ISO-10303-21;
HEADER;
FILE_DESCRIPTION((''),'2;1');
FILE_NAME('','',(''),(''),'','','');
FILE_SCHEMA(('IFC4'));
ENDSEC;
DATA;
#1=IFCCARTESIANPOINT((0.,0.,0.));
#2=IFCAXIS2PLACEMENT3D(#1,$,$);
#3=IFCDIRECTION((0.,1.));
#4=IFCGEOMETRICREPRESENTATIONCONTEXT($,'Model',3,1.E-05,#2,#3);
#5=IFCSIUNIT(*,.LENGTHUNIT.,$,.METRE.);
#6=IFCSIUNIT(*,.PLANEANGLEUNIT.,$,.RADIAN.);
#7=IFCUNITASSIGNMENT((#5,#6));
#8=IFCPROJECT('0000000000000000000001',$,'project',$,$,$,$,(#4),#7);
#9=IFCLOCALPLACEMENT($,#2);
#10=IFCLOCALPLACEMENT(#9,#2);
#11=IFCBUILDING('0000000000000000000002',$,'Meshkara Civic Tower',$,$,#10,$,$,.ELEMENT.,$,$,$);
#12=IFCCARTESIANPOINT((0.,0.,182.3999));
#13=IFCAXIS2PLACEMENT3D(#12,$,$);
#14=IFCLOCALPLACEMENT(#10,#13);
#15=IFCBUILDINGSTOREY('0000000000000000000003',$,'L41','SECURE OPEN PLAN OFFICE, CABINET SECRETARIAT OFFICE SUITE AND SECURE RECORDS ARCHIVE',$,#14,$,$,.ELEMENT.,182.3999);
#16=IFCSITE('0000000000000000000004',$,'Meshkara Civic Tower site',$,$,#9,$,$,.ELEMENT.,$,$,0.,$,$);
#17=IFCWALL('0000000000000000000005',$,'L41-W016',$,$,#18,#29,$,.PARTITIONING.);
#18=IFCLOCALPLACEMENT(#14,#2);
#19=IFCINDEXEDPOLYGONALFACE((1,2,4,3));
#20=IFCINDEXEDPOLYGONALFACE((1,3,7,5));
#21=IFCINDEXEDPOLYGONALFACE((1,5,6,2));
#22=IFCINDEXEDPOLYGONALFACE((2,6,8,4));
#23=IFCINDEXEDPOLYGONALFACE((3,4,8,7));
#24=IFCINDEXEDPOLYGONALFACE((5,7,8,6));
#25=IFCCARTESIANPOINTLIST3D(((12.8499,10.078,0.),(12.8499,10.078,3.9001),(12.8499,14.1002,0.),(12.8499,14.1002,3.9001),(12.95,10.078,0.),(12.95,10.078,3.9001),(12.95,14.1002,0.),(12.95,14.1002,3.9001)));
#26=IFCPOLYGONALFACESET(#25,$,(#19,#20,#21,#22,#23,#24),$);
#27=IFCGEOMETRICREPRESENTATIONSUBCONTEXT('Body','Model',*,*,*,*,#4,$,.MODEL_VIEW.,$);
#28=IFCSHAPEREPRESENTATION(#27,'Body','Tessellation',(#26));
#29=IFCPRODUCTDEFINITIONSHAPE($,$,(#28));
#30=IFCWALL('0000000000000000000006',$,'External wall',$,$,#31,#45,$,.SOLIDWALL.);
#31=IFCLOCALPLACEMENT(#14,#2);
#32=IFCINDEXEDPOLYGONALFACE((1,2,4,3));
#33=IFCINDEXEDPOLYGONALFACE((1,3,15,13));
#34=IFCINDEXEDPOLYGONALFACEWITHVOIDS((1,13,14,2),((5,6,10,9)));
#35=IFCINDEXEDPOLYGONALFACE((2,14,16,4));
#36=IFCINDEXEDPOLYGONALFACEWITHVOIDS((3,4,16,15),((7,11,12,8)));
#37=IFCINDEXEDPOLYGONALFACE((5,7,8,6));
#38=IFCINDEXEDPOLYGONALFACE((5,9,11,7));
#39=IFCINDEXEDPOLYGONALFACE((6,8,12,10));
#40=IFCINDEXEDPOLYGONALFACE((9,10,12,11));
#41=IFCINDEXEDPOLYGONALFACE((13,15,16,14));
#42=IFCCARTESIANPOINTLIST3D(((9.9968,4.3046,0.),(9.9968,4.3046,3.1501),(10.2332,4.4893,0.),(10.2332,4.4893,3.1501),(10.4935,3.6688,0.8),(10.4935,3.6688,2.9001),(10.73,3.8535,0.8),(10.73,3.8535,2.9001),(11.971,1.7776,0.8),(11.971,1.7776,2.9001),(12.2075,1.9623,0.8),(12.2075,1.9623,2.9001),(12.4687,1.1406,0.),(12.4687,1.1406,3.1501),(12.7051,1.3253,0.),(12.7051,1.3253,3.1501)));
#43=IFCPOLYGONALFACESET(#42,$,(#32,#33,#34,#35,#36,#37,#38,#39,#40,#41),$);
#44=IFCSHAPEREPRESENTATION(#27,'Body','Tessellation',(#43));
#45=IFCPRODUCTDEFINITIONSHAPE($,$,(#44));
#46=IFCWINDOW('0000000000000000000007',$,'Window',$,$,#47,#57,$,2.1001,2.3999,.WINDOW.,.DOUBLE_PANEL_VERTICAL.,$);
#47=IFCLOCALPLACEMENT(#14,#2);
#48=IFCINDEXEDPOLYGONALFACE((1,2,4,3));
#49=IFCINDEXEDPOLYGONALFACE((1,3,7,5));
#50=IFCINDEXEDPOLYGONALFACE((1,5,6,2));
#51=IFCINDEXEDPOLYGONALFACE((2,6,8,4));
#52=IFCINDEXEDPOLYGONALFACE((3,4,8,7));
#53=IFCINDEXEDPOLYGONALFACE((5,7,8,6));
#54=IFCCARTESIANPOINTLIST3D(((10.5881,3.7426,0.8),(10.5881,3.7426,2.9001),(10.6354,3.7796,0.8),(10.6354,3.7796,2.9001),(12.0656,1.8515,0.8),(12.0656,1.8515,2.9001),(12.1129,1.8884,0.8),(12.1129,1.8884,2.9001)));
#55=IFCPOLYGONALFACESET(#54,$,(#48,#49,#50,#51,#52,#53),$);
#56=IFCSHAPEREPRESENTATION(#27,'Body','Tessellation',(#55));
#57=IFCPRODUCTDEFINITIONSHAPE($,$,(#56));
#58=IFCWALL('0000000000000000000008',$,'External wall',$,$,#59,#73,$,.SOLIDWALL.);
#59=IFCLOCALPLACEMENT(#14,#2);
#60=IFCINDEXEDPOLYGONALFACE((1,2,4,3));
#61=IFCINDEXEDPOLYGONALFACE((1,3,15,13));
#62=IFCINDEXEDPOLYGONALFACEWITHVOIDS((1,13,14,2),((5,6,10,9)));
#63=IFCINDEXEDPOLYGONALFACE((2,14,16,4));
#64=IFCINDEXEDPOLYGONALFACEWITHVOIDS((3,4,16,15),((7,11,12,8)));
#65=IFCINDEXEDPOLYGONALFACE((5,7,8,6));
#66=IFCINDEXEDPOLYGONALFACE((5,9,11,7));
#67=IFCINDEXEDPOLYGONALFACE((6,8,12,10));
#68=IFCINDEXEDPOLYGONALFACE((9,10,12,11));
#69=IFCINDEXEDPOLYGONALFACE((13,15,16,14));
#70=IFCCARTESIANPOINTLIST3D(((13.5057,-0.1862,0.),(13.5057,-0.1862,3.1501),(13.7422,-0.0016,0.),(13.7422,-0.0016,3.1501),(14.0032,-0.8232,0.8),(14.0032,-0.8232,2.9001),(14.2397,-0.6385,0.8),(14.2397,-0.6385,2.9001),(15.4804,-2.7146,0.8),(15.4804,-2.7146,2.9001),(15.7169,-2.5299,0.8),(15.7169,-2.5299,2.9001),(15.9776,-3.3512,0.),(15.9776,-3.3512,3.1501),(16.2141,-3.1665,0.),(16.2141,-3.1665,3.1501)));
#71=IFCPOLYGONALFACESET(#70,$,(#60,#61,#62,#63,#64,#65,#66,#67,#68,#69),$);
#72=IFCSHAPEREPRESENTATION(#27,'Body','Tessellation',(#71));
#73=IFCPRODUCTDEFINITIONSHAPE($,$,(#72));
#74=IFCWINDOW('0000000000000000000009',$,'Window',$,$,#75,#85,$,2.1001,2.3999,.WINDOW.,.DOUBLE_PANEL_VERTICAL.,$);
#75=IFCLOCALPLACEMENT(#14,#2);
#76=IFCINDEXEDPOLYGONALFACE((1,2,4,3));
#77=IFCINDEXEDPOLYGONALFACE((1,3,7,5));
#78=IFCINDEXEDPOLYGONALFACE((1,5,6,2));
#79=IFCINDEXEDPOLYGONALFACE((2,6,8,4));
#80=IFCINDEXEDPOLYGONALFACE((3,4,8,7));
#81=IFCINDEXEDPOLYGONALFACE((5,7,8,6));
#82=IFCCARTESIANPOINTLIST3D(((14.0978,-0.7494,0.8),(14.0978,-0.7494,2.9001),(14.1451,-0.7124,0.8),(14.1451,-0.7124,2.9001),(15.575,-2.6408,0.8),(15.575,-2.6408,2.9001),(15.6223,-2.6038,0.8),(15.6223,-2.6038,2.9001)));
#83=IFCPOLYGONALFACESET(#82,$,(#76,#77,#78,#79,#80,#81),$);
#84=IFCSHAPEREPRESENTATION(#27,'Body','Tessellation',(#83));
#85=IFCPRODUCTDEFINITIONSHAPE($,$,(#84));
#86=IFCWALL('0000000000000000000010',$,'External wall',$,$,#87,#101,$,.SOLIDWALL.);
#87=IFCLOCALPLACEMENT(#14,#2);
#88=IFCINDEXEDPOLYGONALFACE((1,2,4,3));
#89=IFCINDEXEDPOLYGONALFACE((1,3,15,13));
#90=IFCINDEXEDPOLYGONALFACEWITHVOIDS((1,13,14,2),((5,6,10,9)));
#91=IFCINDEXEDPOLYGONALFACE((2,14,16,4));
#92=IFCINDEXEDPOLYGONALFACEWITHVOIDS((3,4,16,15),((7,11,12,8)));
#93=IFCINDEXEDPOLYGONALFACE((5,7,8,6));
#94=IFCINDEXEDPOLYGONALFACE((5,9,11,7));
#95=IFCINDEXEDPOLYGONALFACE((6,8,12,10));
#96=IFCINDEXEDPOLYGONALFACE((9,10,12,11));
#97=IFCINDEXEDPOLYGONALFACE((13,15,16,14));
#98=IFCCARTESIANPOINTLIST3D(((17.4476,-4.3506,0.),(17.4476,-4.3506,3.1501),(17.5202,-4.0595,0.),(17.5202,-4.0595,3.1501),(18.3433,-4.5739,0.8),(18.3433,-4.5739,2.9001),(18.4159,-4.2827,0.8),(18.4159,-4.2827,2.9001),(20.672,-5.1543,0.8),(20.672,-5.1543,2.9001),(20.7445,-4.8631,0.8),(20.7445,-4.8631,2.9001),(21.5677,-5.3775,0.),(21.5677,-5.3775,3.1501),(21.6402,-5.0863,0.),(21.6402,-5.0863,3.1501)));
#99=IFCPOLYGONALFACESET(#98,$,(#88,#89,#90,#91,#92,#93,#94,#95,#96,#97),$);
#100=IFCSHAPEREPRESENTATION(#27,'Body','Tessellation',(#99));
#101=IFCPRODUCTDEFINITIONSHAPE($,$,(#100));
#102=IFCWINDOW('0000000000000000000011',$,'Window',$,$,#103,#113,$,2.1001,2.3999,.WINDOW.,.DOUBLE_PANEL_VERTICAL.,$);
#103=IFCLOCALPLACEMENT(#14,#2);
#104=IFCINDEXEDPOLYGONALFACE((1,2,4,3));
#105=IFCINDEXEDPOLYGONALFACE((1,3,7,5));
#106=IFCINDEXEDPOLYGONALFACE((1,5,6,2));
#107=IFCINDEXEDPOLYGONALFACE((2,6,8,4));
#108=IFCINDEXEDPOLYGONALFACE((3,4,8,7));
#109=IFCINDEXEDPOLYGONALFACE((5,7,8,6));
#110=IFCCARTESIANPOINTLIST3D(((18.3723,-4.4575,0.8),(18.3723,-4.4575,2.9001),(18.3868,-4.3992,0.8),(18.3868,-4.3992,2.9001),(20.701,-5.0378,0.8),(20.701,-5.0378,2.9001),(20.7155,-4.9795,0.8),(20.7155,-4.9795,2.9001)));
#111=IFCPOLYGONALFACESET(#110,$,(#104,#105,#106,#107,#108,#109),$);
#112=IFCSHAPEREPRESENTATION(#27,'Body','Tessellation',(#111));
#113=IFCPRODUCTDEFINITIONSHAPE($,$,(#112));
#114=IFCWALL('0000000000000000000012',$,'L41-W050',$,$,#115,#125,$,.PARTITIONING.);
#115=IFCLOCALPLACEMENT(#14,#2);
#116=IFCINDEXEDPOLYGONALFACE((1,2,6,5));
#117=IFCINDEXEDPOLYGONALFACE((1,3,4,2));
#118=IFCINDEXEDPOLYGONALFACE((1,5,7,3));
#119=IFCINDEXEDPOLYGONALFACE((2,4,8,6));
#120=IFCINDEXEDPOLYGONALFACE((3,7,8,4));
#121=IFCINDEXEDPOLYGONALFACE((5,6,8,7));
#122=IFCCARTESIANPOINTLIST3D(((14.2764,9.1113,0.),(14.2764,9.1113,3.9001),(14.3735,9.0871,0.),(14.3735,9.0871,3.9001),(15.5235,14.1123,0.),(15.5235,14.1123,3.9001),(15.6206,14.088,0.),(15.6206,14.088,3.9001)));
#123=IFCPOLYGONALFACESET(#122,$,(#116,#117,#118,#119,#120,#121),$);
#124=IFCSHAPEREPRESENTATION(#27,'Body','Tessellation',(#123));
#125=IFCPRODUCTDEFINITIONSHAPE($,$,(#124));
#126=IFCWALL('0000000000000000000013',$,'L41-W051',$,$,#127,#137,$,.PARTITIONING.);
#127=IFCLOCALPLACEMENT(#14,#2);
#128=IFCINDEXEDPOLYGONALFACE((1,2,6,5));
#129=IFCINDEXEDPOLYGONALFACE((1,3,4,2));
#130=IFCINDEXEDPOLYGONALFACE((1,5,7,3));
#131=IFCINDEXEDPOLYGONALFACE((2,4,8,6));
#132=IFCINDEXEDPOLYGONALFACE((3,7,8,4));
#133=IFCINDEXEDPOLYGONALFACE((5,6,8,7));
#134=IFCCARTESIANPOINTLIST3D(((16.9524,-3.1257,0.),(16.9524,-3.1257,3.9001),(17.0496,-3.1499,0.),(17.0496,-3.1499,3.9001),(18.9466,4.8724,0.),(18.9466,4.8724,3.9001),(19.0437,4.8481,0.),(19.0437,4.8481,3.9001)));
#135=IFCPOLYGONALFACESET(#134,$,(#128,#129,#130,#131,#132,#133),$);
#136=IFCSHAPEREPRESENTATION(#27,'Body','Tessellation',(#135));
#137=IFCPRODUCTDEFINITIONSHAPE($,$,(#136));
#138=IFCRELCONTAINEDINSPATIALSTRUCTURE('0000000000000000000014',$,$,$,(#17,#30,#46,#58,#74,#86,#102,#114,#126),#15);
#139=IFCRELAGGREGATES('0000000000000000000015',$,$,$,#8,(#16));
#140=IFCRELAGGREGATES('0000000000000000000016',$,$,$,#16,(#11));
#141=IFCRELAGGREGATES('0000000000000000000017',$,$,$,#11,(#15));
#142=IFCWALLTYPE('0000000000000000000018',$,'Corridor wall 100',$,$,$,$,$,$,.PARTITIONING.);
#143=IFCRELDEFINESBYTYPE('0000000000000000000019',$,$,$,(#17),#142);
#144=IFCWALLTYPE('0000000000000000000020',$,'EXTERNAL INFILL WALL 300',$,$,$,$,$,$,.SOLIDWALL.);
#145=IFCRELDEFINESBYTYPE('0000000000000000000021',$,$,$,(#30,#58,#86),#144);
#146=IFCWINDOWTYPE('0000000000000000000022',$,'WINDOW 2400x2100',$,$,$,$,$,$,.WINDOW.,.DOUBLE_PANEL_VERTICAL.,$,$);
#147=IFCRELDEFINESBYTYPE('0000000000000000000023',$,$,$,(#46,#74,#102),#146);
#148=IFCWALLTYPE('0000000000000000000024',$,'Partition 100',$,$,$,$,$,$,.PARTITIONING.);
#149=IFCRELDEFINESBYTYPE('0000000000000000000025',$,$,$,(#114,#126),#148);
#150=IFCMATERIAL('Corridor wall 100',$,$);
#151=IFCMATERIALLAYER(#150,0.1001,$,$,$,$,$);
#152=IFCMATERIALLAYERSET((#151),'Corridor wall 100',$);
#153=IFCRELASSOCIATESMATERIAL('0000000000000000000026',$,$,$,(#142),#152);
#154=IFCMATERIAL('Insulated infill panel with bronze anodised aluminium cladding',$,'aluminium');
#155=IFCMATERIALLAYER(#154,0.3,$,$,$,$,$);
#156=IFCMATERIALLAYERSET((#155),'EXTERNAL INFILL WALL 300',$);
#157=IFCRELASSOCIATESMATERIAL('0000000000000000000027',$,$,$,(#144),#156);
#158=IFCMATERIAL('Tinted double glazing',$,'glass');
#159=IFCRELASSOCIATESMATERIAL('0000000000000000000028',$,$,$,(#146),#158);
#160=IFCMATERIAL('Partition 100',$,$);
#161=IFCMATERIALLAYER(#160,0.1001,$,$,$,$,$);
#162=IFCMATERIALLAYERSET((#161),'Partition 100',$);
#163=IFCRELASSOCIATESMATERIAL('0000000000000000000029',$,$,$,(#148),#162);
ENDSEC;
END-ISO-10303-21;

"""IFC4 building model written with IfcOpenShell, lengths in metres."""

from ifc_helpers import new_model, si_unit, direction, frame, frame_2d, origin, place, context, subcontext, project, spatial, rectangle, extrude, material, layer, layer_set, type_object, element, fill, save


model = new_model("IFC4")

# Units and contexts
model_context = context("Model", 3, precision=1e-05, world=origin(), true_north=direction((0.0, 1.0)))
body_context = subcontext(model_context, "Body", "Model", "MODEL_VIEW")
ifc_project = project(units=[si_unit("LENGTHUNIT", "METRE"), si_unit("PLANEANGLEUNIT", "RADIAN")], contexts=[model_context])

# Site, building, storey
site_placement = place(None, origin())
site = spatial("IfcSite", under=ifc_project, at=site_placement, Name="Meshkara Civic Tower site", CompositionType="ELEMENT", RefElevation=0.0)
building_placement = place(site_placement, origin())
building = spatial("IfcBuilding", under=site, at=building_placement, Name="Meshkara Civic Tower", CompositionType="ELEMENT")
storey_placement = place(building_placement, frame((0.0, 0.0, 182.3999)))
storey = spatial("IfcBuildingStorey", under=building, at=storey_placement, Name="L41", Description="SECURE OPEN PLAN OFFICE, CABINET SECRETARIAT OFFICE SUITE AND SECURE RECORDS ARCHIVE", CompositionType="ELEMENT", Elevation=182.3999)

# Shared definitions
ifc_material_1 = material(Name="Corridor wall 100")
ifc_layer_1 = layer(ifc_material_1, 0.1001)
ifc_layer_set_1 = layer_set([ifc_layer_1], Name="Corridor wall 100")
wall_type_1 = type_object("IfcWallType", Name="Corridor wall 100", PredefinedType="PARTITIONING", material=ifc_layer_set_1)

# Wall
wall_1_placement = place(storey_placement, frame((12.8999, 10.0779, 0.0), z_axis=(0.0, 0.0, 1.0), x_axis=(0.0, 1.0, 0.0)))
element("IfcWall", 1, at=wall_1_placement, inside=storey, type_object=wall_type_1, Name="L41-W016", PredefinedType="PARTITIONING", context=body_context, shape_type="SweptSolid", body=[
    extrude(rectangle(XDim=4.0222, YDim=0.1001, at=frame_2d((2.0112, 0.0))), origin(), (0.0, 0.0, 1.0), 3.9001),
])

# Walls, openings, windows
ifc_material_2 = material(Name="Insulated infill panel with bronze anodised aluminium cladding", Category="aluminium")
ifc_layer_2 = layer(ifc_material_2, 0.3)
ifc_layer_set_2 = layer_set([ifc_layer_2], Name="EXTERNAL INFILL WALL 300")
wall_type_2 = type_object("IfcWallType", Name="EXTERNAL INFILL WALL 300", PredefinedType="SOLIDWALL", material=ifc_layer_set_2)
wall_2_placement = place(storey_placement, frame((10.115, 4.397, 0.0), z_axis=(0.0, 0.0, 1.0), x_axis=(0.615644, -0.788024, 0.0)))
wall_2 = element("IfcWall", 2, at=wall_2_placement, inside=storey, type_object=wall_type_2, Name="External wall", PredefinedType="SOLIDWALL", context=body_context, shape_type="SweptSolid", body=[
    extrude(rectangle(XDim=4.0151, YDim=0.3, at=frame_2d((2.0076, 0.0))), origin(), (0.0, 0.0, 1.0), 3.1501),
])
opening_1_placement = place(wall_2_placement, frame((0.8069, 0.0, 0.8)))
opening_1 = element("IfcOpeningElement", 3, at=opening_1_placement, cuts=wall_2, PredefinedType="OPENING", context=body_context, shape_type="SweptSolid", body=[
    extrude(rectangle(XDim=2.3999, YDim=2.1001, at=frame_2d((1.2, 1.05))), frame((0.0, 0.1599, 0.0), z_axis=(0.0, -1.0, 0.0), x_axis=(1.0, 0.0, 0.0)), (0.0, 0.0, 1.0), 0.3201),
])
ifc_material_3 = material(Name="Tinted double glazing", Category="glass")
window_type = type_object("IfcWindowType", Name="WINDOW 2400x2100", PartitioningType="DOUBLE_PANEL_VERTICAL", PredefinedType="WINDOW", material=ifc_material_3)
window_1_placement = place(opening_1_placement, origin())
window_1 = element("IfcWindow", 4, at=window_1_placement, inside=storey, type_object=window_type, Name="Window", OverallHeight=2.1001, OverallWidth=2.3999, PartitioningType="DOUBLE_PANEL_VERTICAL", PredefinedType="WINDOW", context=body_context, shape_type="SweptSolid", body=[
    extrude(rectangle(XDim=2.3999, YDim=2.1001, at=frame_2d((1.2, 1.05))), frame((0.0, 0.03, 0.0), z_axis=(0.0, -1.0, 0.0), x_axis=(1.0, 0.0, 0.0)), (0.0, 0.0, 1.0), 0.0601),
])
fill(opening_1, window_1)
wall_3_placement = place(storey_placement, frame((13.624, -0.094, 0.0), z_axis=(0.0, 0.0, 1.0), x_axis=(0.615526, -0.788117, 0.0)))
wall_3 = element("IfcWall", 5, at=wall_3_placement, inside=storey, type_object=wall_type_2, Name="External wall", PredefinedType="SOLIDWALL", context=body_context, shape_type="SweptSolid", body=[
    extrude(rectangle(XDim=4.0159, YDim=0.3, at=frame_2d((2.0078, 0.0))), origin(), (0.0, 0.0, 1.0), 3.1501),
])
opening_2_placement = place(wall_3_placement, frame((0.8081, 0.0, 0.8)))
opening_2 = element("IfcOpeningElement", 6, at=opening_2_placement, cuts=wall_3, PredefinedType="OPENING", context=body_context, shape_type="SweptSolid", body=[
    extrude(rectangle(XDim=2.3999, YDim=2.1001, at=frame_2d((1.2, 1.05))), frame((0.0, 0.1599, 0.0), z_axis=(0.0, -1.0, 0.0), x_axis=(1.0, 0.0, 0.0)), (0.0, 0.0, 1.0), 0.3201),
])
window_2_placement = place(opening_2_placement, origin())
window_2 = element("IfcWindow", 7, at=window_2_placement, inside=storey, type_object=window_type, Name="Window", OverallHeight=2.1001, OverallWidth=2.3999, PartitioningType="DOUBLE_PANEL_VERTICAL", PredefinedType="WINDOW", context=body_context, shape_type="SweptSolid", body=[
    extrude(rectangle(XDim=2.3999, YDim=2.1001, at=frame_2d((1.2, 1.05))), frame((0.0, 0.03, 0.0), z_axis=(0.0, -1.0, 0.0), x_axis=(1.0, 0.0, 0.0)), (0.0, 0.0, 1.0), 0.0601),
])
fill(opening_2, window_2)
wall_4_placement = place(storey_placement, frame((17.4839, -4.2051, 0.0), z_axis=(0.0, 0.0, 1.0), x_axis=(0.970318, -0.241832, 0.0)))
wall_4 = element("IfcWall", 8, at=wall_4_placement, inside=storey, type_object=wall_type_2, Name="External wall", PredefinedType="SOLIDWALL", context=body_context, shape_type="SweptSolid", body=[
    extrude(rectangle(XDim=4.2461, YDim=0.3, at=frame_2d((2.123, 0.0))), origin(), (0.0, 0.0, 1.0), 3.1501),
])
opening_3_placement = place(wall_4_placement, frame((0.9231, 0.0, 0.8)))
opening_3 = element("IfcOpeningElement", 9, at=opening_3_placement, cuts=wall_4, PredefinedType="OPENING", context=body_context, shape_type="SweptSolid", body=[
    extrude(rectangle(XDim=2.3999, YDim=2.1001, at=frame_2d((1.2, 1.05))), frame((0.0, 0.1599, 0.0), z_axis=(0.0, -1.0, 0.0), x_axis=(1.0, 0.0, 0.0)), (0.0, 0.0, 1.0), 0.3201),
])
window_3_placement = place(opening_3_placement, origin())
window_3 = element("IfcWindow", 10, at=window_3_placement, inside=storey, type_object=window_type, Name="Window", OverallHeight=2.1001, OverallWidth=2.3999, PartitioningType="DOUBLE_PANEL_VERTICAL", PredefinedType="WINDOW", context=body_context, shape_type="SweptSolid", body=[
    extrude(rectangle(XDim=2.3999, YDim=2.1001, at=frame_2d((1.2, 1.05))), frame((0.0, 0.03, 0.0), z_axis=(0.0, -1.0, 0.0), x_axis=(1.0, 0.0, 0.0)), (0.0, 0.0, 1.0), 0.0601),
])
fill(opening_3, window_3)

# Walls
ifc_material_4 = material(Name="Partition 100")
ifc_layer_3 = layer(ifc_material_4, 0.1001)
ifc_layer_set_3 = layer_set([ifc_layer_3], Name="Partition 100")
wall_type_3 = type_object("IfcWallType", Name="Partition 100", PredefinedType="PARTITIONING", material=ifc_layer_set_3)
wall_5_placement = place(storey_placement, frame((14.325, 9.0991, 0.0), z_axis=(0.0, 0.0, 1.0), x_axis=(0.241956, 0.970287, 0.0)))
element("IfcWall", 11, at=wall_5_placement, inside=storey, type_object=wall_type_3, Name="L41-W050", PredefinedType="PARTITIONING", context=body_context, shape_type="SweptSolid", body=[
    extrude(rectangle(XDim=5.1541, YDim=0.1001, at=frame_2d((2.5771, 0.0))), origin(), (0.0, 0.0, 1.0), 3.9001),
])
wall_6_placement = place(storey_placement, frame((17.001, -3.1379, 0.0), z_axis=(0.0, 0.0, 1.0), x_axis=(0.241922, 0.970296, 0.0)))
element("IfcWall", 12, at=wall_6_placement, inside=storey, type_object=wall_type_3, Name="L41-W051", PredefinedType="PARTITIONING", context=body_context, shape_type="SweptSolid", body=[
    extrude(rectangle(XDim=8.2429, YDim=0.1001, at=frame_2d((4.1216, 0.0))), origin(), (0.0, 0.0, 1.0), 3.9001),
])

save(model, "model.ifc")
